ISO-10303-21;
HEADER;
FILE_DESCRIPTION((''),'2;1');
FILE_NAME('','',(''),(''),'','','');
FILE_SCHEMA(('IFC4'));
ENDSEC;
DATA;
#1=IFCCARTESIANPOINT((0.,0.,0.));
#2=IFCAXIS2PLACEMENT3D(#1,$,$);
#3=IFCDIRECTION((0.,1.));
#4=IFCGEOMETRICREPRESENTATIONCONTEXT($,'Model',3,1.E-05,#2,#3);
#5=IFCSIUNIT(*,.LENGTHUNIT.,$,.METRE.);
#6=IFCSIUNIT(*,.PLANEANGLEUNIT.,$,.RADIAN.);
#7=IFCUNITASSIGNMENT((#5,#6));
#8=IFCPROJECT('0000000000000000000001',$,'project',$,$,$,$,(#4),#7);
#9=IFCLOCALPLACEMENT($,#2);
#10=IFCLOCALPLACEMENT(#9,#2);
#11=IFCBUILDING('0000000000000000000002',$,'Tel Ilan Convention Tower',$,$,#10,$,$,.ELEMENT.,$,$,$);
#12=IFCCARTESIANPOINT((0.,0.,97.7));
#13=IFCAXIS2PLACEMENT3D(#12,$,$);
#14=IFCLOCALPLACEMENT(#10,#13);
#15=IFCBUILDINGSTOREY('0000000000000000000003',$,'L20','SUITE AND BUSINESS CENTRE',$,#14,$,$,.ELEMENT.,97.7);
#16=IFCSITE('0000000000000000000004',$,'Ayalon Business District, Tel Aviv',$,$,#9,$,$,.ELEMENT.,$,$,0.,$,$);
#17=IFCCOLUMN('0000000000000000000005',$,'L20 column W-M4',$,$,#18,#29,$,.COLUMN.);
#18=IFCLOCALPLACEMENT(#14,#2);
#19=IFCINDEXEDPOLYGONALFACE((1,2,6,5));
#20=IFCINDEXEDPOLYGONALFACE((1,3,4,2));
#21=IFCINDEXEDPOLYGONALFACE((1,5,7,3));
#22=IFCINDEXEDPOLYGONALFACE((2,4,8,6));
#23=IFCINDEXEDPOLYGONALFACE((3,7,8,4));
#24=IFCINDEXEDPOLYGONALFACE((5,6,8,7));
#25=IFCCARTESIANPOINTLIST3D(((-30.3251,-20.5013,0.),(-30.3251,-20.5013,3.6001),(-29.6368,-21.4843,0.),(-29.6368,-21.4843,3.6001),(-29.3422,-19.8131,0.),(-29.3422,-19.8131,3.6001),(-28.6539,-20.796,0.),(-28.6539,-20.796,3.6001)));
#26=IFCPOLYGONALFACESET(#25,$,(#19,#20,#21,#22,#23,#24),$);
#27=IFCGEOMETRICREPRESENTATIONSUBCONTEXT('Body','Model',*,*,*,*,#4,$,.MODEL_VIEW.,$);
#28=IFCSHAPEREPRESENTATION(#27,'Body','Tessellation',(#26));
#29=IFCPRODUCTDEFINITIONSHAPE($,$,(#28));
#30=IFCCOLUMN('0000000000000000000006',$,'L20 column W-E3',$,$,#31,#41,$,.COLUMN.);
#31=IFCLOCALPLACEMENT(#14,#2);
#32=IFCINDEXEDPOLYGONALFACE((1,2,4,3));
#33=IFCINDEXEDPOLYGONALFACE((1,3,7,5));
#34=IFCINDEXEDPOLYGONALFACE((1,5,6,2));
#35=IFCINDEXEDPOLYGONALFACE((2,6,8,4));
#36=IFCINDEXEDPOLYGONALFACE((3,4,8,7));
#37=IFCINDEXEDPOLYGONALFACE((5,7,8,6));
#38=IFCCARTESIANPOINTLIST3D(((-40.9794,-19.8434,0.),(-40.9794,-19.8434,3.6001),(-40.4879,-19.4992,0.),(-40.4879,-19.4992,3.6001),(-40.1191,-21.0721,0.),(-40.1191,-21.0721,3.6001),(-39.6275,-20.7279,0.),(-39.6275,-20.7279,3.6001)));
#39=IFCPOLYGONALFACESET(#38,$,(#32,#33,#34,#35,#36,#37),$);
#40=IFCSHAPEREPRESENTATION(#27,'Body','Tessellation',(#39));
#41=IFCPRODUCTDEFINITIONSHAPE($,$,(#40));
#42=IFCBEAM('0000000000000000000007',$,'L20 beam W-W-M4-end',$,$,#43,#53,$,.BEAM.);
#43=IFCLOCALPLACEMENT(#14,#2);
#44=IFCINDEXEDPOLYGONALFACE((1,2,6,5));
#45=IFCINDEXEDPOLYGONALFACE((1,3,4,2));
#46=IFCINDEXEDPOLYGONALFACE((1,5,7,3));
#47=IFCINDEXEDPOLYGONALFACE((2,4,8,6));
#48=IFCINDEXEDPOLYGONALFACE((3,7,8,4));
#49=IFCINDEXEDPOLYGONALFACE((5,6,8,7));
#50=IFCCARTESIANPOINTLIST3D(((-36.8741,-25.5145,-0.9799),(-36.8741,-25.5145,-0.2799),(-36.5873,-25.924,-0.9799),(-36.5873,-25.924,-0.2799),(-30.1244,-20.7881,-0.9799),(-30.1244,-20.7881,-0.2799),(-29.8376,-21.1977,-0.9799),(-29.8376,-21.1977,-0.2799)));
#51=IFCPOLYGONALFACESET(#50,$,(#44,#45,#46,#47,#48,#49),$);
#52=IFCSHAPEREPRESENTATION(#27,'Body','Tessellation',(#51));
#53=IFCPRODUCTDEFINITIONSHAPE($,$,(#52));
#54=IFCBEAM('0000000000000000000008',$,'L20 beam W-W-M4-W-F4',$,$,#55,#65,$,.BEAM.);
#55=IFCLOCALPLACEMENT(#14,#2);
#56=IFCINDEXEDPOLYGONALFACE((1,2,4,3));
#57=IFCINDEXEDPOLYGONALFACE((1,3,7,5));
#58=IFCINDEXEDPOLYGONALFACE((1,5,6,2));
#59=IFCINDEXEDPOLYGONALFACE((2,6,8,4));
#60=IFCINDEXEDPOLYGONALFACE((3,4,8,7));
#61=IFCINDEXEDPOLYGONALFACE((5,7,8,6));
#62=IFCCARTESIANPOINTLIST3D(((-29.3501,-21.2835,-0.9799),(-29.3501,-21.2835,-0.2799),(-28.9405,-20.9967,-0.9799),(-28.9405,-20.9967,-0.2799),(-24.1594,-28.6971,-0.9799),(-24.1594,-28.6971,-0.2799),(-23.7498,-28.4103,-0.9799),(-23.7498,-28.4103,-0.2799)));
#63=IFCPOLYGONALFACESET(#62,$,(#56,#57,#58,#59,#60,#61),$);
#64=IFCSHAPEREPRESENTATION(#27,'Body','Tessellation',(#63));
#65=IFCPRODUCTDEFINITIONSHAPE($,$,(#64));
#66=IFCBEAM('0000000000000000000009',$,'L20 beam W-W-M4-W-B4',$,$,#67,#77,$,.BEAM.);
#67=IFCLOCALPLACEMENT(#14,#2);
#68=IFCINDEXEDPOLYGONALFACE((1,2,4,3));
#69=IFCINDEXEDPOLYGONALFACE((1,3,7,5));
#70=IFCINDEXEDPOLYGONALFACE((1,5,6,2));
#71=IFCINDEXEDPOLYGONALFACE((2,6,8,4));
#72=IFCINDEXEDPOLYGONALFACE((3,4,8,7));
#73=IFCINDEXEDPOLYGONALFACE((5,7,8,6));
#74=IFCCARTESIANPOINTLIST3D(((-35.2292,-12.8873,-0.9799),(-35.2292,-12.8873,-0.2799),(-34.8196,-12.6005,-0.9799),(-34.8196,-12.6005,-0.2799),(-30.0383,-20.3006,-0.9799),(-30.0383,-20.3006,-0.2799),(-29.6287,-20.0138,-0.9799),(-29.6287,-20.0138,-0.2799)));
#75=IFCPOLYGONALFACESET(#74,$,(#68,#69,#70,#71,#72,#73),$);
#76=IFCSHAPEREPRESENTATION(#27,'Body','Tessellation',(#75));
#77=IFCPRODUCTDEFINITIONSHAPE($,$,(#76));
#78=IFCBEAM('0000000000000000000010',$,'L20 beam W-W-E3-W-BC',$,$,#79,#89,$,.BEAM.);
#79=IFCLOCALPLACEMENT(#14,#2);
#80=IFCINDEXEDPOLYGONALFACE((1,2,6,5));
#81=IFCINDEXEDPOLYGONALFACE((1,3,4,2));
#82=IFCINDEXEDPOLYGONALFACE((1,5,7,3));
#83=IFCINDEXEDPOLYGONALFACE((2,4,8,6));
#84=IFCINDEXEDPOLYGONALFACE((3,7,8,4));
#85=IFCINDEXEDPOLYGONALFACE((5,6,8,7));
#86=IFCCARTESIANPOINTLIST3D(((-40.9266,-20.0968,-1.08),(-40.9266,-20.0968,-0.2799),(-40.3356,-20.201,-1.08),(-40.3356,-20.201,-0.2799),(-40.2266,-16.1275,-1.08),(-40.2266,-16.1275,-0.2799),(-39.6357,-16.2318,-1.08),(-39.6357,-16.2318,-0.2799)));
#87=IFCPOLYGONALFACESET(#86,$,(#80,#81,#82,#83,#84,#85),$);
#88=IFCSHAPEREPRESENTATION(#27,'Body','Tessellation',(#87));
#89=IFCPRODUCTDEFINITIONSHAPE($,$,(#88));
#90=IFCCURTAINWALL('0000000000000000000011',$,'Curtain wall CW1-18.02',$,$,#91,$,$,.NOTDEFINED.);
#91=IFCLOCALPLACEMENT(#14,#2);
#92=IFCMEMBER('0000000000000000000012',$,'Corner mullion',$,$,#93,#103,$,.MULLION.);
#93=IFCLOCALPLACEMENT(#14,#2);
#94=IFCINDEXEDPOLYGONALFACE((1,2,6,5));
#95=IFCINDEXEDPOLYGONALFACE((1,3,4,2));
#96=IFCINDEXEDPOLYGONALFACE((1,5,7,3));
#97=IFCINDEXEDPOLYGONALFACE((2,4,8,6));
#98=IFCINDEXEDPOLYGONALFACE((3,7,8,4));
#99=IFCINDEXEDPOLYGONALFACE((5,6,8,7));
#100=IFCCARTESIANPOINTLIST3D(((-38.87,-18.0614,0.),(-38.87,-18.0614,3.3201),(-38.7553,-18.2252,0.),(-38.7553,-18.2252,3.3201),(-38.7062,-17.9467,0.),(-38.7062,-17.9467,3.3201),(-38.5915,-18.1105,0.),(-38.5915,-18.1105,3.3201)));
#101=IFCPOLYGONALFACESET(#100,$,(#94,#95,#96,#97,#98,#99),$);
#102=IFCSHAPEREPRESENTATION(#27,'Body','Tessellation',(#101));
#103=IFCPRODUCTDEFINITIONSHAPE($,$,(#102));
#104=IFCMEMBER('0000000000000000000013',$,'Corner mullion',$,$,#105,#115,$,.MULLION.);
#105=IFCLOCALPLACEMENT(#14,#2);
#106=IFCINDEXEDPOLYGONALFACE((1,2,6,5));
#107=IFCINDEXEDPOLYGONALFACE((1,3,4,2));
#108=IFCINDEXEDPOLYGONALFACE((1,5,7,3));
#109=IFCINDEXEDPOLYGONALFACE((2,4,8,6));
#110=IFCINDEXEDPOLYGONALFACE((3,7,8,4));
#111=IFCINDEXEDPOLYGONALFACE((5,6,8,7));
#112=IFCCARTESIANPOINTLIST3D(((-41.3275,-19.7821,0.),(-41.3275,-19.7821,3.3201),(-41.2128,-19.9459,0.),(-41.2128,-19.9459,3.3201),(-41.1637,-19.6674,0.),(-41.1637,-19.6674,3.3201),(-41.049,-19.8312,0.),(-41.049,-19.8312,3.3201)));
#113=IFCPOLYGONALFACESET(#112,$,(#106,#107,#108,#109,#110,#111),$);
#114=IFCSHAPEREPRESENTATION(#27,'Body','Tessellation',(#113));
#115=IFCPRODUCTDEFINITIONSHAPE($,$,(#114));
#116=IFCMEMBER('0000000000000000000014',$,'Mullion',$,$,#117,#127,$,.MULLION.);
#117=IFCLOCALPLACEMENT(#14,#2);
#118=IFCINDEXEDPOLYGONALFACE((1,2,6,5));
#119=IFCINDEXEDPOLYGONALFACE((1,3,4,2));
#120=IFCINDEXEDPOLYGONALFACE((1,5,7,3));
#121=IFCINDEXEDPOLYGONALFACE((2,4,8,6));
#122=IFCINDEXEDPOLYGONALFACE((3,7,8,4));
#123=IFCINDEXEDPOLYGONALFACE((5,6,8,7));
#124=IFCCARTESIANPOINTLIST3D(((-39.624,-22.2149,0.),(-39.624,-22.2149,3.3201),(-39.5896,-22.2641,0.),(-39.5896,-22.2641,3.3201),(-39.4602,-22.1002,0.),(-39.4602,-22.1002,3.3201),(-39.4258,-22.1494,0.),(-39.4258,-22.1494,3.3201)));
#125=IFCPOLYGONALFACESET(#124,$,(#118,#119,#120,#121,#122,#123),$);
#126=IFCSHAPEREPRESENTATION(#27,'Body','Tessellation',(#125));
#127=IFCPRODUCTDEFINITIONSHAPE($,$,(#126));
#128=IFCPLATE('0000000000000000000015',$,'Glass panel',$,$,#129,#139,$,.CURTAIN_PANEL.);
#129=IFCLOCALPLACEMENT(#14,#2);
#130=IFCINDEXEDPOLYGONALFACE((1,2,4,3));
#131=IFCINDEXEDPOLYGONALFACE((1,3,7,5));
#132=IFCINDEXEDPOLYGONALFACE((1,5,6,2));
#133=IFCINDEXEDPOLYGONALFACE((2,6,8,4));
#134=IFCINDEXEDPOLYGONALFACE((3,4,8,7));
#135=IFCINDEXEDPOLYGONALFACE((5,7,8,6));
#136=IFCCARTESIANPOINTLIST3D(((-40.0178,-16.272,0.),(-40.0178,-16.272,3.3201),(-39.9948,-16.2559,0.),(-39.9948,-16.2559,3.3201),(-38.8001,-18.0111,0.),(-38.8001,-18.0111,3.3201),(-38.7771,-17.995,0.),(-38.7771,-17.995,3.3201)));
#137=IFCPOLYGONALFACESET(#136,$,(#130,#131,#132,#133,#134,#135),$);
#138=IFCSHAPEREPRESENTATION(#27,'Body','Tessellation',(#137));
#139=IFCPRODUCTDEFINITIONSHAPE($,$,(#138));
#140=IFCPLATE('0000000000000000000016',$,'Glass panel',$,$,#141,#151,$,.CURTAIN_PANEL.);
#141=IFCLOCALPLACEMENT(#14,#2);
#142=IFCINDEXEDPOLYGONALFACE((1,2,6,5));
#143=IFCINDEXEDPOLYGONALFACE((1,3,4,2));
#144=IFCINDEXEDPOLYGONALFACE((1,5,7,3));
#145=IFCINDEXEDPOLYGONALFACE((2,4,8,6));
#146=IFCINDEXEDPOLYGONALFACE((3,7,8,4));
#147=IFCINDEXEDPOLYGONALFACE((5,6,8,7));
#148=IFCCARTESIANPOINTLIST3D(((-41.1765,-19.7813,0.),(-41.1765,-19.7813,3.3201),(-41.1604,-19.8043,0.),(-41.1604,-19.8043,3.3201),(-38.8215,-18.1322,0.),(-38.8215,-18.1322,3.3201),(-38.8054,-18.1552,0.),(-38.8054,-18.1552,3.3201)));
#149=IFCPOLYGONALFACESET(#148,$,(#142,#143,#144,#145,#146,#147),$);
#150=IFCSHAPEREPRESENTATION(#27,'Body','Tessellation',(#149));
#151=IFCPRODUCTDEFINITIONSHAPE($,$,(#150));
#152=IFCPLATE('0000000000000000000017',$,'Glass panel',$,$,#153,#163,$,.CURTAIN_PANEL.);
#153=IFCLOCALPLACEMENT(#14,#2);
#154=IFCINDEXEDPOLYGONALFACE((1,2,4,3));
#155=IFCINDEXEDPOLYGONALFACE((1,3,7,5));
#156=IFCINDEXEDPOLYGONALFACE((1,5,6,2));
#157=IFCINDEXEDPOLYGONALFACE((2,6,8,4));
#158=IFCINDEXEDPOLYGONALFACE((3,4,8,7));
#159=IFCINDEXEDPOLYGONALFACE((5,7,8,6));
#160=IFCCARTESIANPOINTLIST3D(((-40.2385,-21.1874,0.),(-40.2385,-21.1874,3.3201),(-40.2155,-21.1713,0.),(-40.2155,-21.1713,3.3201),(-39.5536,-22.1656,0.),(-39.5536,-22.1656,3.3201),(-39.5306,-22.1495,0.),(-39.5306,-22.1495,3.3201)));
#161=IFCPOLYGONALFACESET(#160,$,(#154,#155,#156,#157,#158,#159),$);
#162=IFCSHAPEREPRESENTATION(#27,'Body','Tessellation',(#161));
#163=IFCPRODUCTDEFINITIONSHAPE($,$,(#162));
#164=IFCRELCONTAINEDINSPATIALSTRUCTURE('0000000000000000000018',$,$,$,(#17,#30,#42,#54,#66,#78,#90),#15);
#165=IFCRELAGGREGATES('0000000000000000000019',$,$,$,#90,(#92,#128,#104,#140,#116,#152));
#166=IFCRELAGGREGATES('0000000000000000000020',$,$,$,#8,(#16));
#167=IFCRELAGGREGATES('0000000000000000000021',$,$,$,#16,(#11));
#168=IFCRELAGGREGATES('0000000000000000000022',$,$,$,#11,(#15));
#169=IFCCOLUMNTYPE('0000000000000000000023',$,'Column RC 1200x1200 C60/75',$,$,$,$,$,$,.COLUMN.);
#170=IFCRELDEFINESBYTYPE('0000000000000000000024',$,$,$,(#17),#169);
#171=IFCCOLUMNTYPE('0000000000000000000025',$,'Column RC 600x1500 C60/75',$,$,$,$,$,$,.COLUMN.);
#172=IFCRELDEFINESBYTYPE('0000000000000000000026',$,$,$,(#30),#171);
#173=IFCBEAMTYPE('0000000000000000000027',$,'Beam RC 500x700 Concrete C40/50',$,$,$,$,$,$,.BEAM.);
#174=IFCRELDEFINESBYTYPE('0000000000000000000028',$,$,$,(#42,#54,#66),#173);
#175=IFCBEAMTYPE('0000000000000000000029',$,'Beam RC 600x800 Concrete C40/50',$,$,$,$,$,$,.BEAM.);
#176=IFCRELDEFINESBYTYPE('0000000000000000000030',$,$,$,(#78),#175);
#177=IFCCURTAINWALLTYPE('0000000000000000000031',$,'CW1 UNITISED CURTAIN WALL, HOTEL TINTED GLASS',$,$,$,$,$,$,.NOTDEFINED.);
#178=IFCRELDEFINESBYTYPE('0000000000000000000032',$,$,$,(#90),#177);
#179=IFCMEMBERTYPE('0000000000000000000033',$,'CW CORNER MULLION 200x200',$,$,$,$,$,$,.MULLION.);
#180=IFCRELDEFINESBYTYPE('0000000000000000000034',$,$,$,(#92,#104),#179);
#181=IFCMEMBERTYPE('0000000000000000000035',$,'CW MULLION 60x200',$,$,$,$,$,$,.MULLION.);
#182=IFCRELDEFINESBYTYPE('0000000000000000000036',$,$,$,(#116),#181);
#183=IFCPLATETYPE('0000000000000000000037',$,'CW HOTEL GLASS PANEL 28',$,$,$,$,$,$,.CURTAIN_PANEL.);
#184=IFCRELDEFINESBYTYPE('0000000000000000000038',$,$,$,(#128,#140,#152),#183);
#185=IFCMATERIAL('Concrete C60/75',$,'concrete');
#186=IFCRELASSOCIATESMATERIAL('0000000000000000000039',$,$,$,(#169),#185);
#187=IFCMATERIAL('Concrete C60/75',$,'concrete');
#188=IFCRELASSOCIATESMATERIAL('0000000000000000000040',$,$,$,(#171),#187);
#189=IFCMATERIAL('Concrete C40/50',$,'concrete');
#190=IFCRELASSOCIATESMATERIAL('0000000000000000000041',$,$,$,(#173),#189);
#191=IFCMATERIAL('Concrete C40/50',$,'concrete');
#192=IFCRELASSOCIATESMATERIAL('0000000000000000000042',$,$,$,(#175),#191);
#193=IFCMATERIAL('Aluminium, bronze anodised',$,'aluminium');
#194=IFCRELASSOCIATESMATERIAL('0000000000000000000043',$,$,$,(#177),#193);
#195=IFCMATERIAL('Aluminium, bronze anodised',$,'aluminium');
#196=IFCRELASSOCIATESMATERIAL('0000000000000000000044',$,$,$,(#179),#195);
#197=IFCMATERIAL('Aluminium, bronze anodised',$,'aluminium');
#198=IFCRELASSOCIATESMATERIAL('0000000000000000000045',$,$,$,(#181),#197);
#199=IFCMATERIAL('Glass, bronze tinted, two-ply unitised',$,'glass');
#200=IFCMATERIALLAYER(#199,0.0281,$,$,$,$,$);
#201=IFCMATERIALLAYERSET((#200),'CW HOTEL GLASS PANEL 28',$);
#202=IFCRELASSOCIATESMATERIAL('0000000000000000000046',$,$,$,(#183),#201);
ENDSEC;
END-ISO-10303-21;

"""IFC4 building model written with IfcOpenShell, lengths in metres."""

from ifc_helpers import new_model, si_unit, direction, frame, origin, origin_2d, place, context, subcontext, project, spatial, rectangle, extrude, material, layer, layer_set, material_profile, profile_set, type_object, element, aggregate, save


model = new_model("IFC4")

# Units and contexts
model_context = context("Model", 3, precision=1e-05, world=origin(), true_north=direction((0.0, 1.0)))
body_context = subcontext(model_context, "Body", "Model", "MODEL_VIEW")
ifc_project = project(units=[si_unit("LENGTHUNIT", "METRE"), si_unit("PLANEANGLEUNIT", "RADIAN")], contexts=[model_context])

# Site, building, storey
site_placement = place(None, origin())
site = spatial("IfcSite", under=ifc_project, at=site_placement, Name="Ayalon Business District, Tel Aviv", CompositionType="ELEMENT", RefElevation=0.0)
building_placement = place(site_placement, origin())
building = spatial("IfcBuilding", under=site, at=building_placement, Name="Tel Ilan Convention Tower", CompositionType="ELEMENT")
storey_placement = place(building_placement, frame((0.0, 0.0, 97.7)))
storey = spatial("IfcBuildingStorey", under=building, at=storey_placement, Name="L20", Description="SUITE AND BUSINESS CENTRE", CompositionType="ELEMENT", Elevation=97.7)

# Columns
ifc_material_1 = material(Name="Concrete C60/75", Category="concrete")
ifc_material_profile_1 = material_profile(ifc_material_1, rectangle(XDim=1.2, YDim=1.2, at=origin_2d()), Name="RC 1200x1200")
ifc_profile_set_1 = profile_set([ifc_material_profile_1], Name="Concrete C60/75")
column_type_1 = type_object("IfcColumnType", Name="Column RC 1200x1200 C60/75", PredefinedType="COLUMN", material=ifc_profile_set_1)
column_1_placement = place(storey_placement, frame((-29.4895, -20.6487, 0.0), z_axis=(0.0, 0.0, 1.0), x_axis=(-0.819152, -0.573576, 0.0)))
element("IfcColumn", 1, at=column_1_placement, inside=storey, type_object=column_type_1, Name="L20 column W-M4", PredefinedType="COLUMN", context=body_context, shape_type="SweptSolid", body=[
    extrude(rectangle(XDim=1.2, YDim=1.2, at=origin_2d()), origin(), (0.0, 0.0, 1.0), 3.6001),
])
ifc_material_2 = material(Name="Concrete C60/75", Category="concrete")
ifc_material_profile_2 = material_profile(ifc_material_2, rectangle(XDim=1.5, YDim=0.6001, at=origin_2d()), Name="RC 600x1500")
ifc_profile_set_2 = profile_set([ifc_material_profile_2], Name="Concrete C60/75")
column_type_2 = type_object("IfcColumnType", Name="Column RC 600x1500 C60/75", PredefinedType="COLUMN", material=ifc_profile_set_2)
column_2_placement = place(storey_placement, frame((-40.3035, -20.2856, 0.0), z_axis=(0.0, 0.0, 1.0), x_axis=(-0.573576, 0.819152, 0.0)))
element("IfcColumn", 2, at=column_2_placement, inside=storey, type_object=column_type_2, Name="L20 column W-E3", PredefinedType="COLUMN", context=body_context, shape_type="SweptSolid", body=[
    extrude(rectangle(XDim=1.5, YDim=0.6001, at=origin_2d()), origin(), (0.0, 0.0, 1.0), 3.6001),
])

# Beams
ifc_material_3 = material(Name="Concrete C40/50", Category="concrete")
ifc_material_profile_3 = material_profile(ifc_material_3, rectangle(XDim=0.5, YDim=0.7, at=origin_2d()), Name="RC 500x700")
ifc_profile_set_3 = profile_set([ifc_material_profile_3], Name="Concrete C40/50")
beam_type_1 = type_object("IfcBeamType", Name="Beam RC 500x700 Concrete C40/50", PredefinedType="BEAM", material=ifc_profile_set_3)
beam_1_placement = place(storey_placement, frame((-29.981, -20.9929, -0.6299), z_axis=(-0.819147, -0.573584, 0.0), x_axis=(0.573584, -0.819147, 0.0)))
element("IfcBeam", 3, at=beam_1_placement, inside=storey, type_object=beam_type_1, Name="L20 beam W-W-M4-end", PredefinedType="BEAM", context=body_context, shape_type="SweptSolid", body=[
    extrude(rectangle(XDim=0.5, YDim=0.7, at=origin_2d()), origin(), (0.0, 0.0, 1.0), 8.24),
])
for number, where, z_axis, x_axis, name in (
    (4, (-29.1453, -21.1401, -0.6299), (0.573549, -0.819171, 0.0), (0.819171, 0.573549, 0.0), "L20 beam W-W-M4-W-F4"),
    (5, (-29.8335, -20.1572, -0.6299), (-0.57358, 0.81915, 0.0), (-0.81915, -0.57358, 0.0), "L20 beam W-W-M4-W-B4"),
):
    element("IfcBeam", number, at=place(storey_placement, frame(where, z_axis=z_axis, x_axis=x_axis)), inside=storey, type_object=beam_type_1, Name=name, PredefinedType="BEAM", context=body_context, shape_type="SweptSolid", body=[
        extrude(rectangle(XDim=0.5, YDim=0.7, at=origin_2d()), origin(), (0.0, 0.0, 1.0), 9.05),
    ])
ifc_material_4 = material(Name="Concrete C40/50", Category="concrete")
ifc_material_profile_4 = material_profile(ifc_material_4, rectangle(XDim=0.6001, YDim=0.8, at=origin_2d()), Name="RC 600x800")
ifc_profile_set_4 = profile_set([ifc_material_profile_4], Name="Concrete C40/50")
beam_type_2 = type_object("IfcBeamType", Name="Beam RC 600x800 Concrete C40/50", PredefinedType="BEAM", material=ifc_profile_set_4)
beam_2_placement = place(storey_placement, frame((-40.6311, -20.1489, -0.6799), z_axis=(0.173664, 0.984805, 0.0), x_axis=(-0.984805, 0.173664, 0.0)))
element("IfcBeam", 6, at=beam_2_placement, inside=storey, type_object=beam_type_2, Name="L20 beam W-W-E3-W-BC", PredefinedType="BEAM", context=body_context, shape_type="SweptSolid", body=[
    extrude(rectangle(XDim=0.6001, YDim=0.8, at=origin_2d()), origin(), (0.0, 0.0, 1.0), 4.0305),
])

# Curtain wall, members, plates
ifc_material_5 = material(Name="Aluminium, bronze anodised", Category="aluminium")
curtain_wall_type = type_object("IfcCurtainWallType", Name="CW1 UNITISED CURTAIN WALL, HOTEL TINTED GLASS", PredefinedType="NOTDEFINED", material=ifc_material_5)
curtain_wall_placement = place(storey_placement, origin())
curtain_wall = element("IfcCurtainWall", 7, at=curtain_wall_placement, inside=storey, type_object=curtain_wall_type, Name="Curtain wall CW1-18.02", PredefinedType="NOTDEFINED")
ifc_material_6 = material(Name="Aluminium, bronze anodised", Category="aluminium")
ifc_material_profile_5 = material_profile(ifc_material_6, rectangle(XDim=0.2, YDim=0.2, at=origin_2d()), Name="CW CORNER MULLION 200x200")
ifc_profile_set_5 = profile_set([ifc_material_profile_5], Name="Aluminium, bronze anodised")
member_type_1 = type_object("IfcMemberType", Name="CW CORNER MULLION 200x200", PredefinedType="MULLION", material=ifc_profile_set_5)
member_1_placement = place(storey_placement, frame((-38.7307, -18.0859, 0.0), z_axis=(0.0, 0.0, 1.0), x_axis=(0.573576, -0.819152, 0.0)))
member_1 = element("IfcMember", 8, at=member_1_placement, type_object=member_type_1, Name="Corner mullion", PredefinedType="MULLION", context=body_context, shape_type="SweptSolid", body=[
    extrude(rectangle(XDim=0.2, YDim=0.2, at=origin_2d()), origin(), (0.0, 0.0, 1.0), 3.3201),
])
member_2_placement = place(storey_placement, frame((-41.1882, -19.8066, 0.0), z_axis=(0.0, 0.0, 1.0), x_axis=(-0.819152, -0.573576, 0.0)))
member_2 = element("IfcMember", 9, at=member_2_placement, type_object=member_type_1, Name="Corner mullion", PredefinedType="MULLION", context=body_context, shape_type="SweptSolid", body=[
    extrude(rectangle(XDim=0.2, YDim=0.2, at=origin_2d()), origin(), (0.0, 0.0, 1.0), 3.3201),
])
ifc_material_7 = material(Name="Aluminium, bronze anodised", Category="aluminium")
ifc_material_profile_6 = material_profile(ifc_material_7, rectangle(XDim=0.0601, YDim=0.2, at=origin_2d()), Name="CW MULLION 60x200")
ifc_profile_set_6 = profile_set([ifc_material_profile_6], Name="Aluminium, bronze anodised")
member_type_2 = type_object("IfcMemberType", Name="CW MULLION 60x200", PredefinedType="MULLION", material=ifc_profile_set_6)
member_3_placement = place(storey_placement, frame((-39.5249, -22.1821, 0.0), z_axis=(0.0, 0.0, 1.0), x_axis=(0.573576, -0.819152, 0.0)))
member_3 = element("IfcMember", 10, at=member_3_placement, type_object=member_type_2, Name="Mullion", PredefinedType="MULLION", context=body_context, shape_type="SweptSolid", body=[
    extrude(rectangle(XDim=0.0601, YDim=0.2, at=origin_2d()), origin(), (0.0, 0.0, 1.0), 3.3201),
])
ifc_material_8 = material(Name="Glass, bronze tinted, two-ply unitised", Category="glass")
ifc_layer_1 = layer(ifc_material_8, 0.0281)
ifc_layer_set_1 = layer_set([ifc_layer_1], Name="CW HOTEL GLASS PANEL 28")
plate_type = type_object("IfcPlateType", Name="CW HOTEL GLASS PANEL 28", PredefinedType="CURTAIN_PANEL", material=ifc_layer_set_1)
plate_1_placement = place(storey_placement, frame((-39.3975, -17.1335, 0.0), z_axis=(0.0, 0.0, 1.0), x_axis=(0.573576, -0.819152, 0.0)))
plate_1 = element("IfcPlate", 11, at=plate_1_placement, type_object=plate_type, Name="Glass panel", PredefinedType="CURTAIN_PANEL", context=body_context, shape_type="SweptSolid", body=[
    extrude(rectangle(XDim=2.123, YDim=0.0281, at=origin_2d()), origin(), (0.0, 0.0, 1.0), 3.3201),
])
plate_2_placement = place(storey_placement, frame((-39.991, -18.9683, 0.0), z_axis=(0.0, 0.0, 1.0), x_axis=(-0.819152, -0.573576, 0.0)))
plate_2 = element("IfcPlate", 12, at=plate_2_placement, type_object=plate_type, Name="Glass panel", PredefinedType="CURTAIN_PANEL", context=body_context, shape_type="SweptSolid", body=[
    extrude(rectangle(XDim=2.875, YDim=0.0281, at=origin_2d()), origin(), (0.0, 0.0, 1.0), 3.3201),
])
plate_3_placement = place(storey_placement, frame((-39.8845, -21.6685, 0.0), z_axis=(0.0, 0.0, 1.0), x_axis=(0.573576, -0.819152, 0.0)))
plate_3 = element("IfcPlate", 13, at=plate_3_placement, type_object=plate_type, Name="Glass panel", PredefinedType="CURTAIN_PANEL", context=body_context, shape_type="SweptSolid", body=[
    extrude(rectangle(XDim=1.1941, YDim=0.0281, at=origin_2d()), origin(), (0.0, 0.0, 1.0), 3.3201),
])
aggregate(curtain_wall, [member_1, plate_1, member_2, plate_2, member_3, plate_3])

save(model, "model.ifc")
